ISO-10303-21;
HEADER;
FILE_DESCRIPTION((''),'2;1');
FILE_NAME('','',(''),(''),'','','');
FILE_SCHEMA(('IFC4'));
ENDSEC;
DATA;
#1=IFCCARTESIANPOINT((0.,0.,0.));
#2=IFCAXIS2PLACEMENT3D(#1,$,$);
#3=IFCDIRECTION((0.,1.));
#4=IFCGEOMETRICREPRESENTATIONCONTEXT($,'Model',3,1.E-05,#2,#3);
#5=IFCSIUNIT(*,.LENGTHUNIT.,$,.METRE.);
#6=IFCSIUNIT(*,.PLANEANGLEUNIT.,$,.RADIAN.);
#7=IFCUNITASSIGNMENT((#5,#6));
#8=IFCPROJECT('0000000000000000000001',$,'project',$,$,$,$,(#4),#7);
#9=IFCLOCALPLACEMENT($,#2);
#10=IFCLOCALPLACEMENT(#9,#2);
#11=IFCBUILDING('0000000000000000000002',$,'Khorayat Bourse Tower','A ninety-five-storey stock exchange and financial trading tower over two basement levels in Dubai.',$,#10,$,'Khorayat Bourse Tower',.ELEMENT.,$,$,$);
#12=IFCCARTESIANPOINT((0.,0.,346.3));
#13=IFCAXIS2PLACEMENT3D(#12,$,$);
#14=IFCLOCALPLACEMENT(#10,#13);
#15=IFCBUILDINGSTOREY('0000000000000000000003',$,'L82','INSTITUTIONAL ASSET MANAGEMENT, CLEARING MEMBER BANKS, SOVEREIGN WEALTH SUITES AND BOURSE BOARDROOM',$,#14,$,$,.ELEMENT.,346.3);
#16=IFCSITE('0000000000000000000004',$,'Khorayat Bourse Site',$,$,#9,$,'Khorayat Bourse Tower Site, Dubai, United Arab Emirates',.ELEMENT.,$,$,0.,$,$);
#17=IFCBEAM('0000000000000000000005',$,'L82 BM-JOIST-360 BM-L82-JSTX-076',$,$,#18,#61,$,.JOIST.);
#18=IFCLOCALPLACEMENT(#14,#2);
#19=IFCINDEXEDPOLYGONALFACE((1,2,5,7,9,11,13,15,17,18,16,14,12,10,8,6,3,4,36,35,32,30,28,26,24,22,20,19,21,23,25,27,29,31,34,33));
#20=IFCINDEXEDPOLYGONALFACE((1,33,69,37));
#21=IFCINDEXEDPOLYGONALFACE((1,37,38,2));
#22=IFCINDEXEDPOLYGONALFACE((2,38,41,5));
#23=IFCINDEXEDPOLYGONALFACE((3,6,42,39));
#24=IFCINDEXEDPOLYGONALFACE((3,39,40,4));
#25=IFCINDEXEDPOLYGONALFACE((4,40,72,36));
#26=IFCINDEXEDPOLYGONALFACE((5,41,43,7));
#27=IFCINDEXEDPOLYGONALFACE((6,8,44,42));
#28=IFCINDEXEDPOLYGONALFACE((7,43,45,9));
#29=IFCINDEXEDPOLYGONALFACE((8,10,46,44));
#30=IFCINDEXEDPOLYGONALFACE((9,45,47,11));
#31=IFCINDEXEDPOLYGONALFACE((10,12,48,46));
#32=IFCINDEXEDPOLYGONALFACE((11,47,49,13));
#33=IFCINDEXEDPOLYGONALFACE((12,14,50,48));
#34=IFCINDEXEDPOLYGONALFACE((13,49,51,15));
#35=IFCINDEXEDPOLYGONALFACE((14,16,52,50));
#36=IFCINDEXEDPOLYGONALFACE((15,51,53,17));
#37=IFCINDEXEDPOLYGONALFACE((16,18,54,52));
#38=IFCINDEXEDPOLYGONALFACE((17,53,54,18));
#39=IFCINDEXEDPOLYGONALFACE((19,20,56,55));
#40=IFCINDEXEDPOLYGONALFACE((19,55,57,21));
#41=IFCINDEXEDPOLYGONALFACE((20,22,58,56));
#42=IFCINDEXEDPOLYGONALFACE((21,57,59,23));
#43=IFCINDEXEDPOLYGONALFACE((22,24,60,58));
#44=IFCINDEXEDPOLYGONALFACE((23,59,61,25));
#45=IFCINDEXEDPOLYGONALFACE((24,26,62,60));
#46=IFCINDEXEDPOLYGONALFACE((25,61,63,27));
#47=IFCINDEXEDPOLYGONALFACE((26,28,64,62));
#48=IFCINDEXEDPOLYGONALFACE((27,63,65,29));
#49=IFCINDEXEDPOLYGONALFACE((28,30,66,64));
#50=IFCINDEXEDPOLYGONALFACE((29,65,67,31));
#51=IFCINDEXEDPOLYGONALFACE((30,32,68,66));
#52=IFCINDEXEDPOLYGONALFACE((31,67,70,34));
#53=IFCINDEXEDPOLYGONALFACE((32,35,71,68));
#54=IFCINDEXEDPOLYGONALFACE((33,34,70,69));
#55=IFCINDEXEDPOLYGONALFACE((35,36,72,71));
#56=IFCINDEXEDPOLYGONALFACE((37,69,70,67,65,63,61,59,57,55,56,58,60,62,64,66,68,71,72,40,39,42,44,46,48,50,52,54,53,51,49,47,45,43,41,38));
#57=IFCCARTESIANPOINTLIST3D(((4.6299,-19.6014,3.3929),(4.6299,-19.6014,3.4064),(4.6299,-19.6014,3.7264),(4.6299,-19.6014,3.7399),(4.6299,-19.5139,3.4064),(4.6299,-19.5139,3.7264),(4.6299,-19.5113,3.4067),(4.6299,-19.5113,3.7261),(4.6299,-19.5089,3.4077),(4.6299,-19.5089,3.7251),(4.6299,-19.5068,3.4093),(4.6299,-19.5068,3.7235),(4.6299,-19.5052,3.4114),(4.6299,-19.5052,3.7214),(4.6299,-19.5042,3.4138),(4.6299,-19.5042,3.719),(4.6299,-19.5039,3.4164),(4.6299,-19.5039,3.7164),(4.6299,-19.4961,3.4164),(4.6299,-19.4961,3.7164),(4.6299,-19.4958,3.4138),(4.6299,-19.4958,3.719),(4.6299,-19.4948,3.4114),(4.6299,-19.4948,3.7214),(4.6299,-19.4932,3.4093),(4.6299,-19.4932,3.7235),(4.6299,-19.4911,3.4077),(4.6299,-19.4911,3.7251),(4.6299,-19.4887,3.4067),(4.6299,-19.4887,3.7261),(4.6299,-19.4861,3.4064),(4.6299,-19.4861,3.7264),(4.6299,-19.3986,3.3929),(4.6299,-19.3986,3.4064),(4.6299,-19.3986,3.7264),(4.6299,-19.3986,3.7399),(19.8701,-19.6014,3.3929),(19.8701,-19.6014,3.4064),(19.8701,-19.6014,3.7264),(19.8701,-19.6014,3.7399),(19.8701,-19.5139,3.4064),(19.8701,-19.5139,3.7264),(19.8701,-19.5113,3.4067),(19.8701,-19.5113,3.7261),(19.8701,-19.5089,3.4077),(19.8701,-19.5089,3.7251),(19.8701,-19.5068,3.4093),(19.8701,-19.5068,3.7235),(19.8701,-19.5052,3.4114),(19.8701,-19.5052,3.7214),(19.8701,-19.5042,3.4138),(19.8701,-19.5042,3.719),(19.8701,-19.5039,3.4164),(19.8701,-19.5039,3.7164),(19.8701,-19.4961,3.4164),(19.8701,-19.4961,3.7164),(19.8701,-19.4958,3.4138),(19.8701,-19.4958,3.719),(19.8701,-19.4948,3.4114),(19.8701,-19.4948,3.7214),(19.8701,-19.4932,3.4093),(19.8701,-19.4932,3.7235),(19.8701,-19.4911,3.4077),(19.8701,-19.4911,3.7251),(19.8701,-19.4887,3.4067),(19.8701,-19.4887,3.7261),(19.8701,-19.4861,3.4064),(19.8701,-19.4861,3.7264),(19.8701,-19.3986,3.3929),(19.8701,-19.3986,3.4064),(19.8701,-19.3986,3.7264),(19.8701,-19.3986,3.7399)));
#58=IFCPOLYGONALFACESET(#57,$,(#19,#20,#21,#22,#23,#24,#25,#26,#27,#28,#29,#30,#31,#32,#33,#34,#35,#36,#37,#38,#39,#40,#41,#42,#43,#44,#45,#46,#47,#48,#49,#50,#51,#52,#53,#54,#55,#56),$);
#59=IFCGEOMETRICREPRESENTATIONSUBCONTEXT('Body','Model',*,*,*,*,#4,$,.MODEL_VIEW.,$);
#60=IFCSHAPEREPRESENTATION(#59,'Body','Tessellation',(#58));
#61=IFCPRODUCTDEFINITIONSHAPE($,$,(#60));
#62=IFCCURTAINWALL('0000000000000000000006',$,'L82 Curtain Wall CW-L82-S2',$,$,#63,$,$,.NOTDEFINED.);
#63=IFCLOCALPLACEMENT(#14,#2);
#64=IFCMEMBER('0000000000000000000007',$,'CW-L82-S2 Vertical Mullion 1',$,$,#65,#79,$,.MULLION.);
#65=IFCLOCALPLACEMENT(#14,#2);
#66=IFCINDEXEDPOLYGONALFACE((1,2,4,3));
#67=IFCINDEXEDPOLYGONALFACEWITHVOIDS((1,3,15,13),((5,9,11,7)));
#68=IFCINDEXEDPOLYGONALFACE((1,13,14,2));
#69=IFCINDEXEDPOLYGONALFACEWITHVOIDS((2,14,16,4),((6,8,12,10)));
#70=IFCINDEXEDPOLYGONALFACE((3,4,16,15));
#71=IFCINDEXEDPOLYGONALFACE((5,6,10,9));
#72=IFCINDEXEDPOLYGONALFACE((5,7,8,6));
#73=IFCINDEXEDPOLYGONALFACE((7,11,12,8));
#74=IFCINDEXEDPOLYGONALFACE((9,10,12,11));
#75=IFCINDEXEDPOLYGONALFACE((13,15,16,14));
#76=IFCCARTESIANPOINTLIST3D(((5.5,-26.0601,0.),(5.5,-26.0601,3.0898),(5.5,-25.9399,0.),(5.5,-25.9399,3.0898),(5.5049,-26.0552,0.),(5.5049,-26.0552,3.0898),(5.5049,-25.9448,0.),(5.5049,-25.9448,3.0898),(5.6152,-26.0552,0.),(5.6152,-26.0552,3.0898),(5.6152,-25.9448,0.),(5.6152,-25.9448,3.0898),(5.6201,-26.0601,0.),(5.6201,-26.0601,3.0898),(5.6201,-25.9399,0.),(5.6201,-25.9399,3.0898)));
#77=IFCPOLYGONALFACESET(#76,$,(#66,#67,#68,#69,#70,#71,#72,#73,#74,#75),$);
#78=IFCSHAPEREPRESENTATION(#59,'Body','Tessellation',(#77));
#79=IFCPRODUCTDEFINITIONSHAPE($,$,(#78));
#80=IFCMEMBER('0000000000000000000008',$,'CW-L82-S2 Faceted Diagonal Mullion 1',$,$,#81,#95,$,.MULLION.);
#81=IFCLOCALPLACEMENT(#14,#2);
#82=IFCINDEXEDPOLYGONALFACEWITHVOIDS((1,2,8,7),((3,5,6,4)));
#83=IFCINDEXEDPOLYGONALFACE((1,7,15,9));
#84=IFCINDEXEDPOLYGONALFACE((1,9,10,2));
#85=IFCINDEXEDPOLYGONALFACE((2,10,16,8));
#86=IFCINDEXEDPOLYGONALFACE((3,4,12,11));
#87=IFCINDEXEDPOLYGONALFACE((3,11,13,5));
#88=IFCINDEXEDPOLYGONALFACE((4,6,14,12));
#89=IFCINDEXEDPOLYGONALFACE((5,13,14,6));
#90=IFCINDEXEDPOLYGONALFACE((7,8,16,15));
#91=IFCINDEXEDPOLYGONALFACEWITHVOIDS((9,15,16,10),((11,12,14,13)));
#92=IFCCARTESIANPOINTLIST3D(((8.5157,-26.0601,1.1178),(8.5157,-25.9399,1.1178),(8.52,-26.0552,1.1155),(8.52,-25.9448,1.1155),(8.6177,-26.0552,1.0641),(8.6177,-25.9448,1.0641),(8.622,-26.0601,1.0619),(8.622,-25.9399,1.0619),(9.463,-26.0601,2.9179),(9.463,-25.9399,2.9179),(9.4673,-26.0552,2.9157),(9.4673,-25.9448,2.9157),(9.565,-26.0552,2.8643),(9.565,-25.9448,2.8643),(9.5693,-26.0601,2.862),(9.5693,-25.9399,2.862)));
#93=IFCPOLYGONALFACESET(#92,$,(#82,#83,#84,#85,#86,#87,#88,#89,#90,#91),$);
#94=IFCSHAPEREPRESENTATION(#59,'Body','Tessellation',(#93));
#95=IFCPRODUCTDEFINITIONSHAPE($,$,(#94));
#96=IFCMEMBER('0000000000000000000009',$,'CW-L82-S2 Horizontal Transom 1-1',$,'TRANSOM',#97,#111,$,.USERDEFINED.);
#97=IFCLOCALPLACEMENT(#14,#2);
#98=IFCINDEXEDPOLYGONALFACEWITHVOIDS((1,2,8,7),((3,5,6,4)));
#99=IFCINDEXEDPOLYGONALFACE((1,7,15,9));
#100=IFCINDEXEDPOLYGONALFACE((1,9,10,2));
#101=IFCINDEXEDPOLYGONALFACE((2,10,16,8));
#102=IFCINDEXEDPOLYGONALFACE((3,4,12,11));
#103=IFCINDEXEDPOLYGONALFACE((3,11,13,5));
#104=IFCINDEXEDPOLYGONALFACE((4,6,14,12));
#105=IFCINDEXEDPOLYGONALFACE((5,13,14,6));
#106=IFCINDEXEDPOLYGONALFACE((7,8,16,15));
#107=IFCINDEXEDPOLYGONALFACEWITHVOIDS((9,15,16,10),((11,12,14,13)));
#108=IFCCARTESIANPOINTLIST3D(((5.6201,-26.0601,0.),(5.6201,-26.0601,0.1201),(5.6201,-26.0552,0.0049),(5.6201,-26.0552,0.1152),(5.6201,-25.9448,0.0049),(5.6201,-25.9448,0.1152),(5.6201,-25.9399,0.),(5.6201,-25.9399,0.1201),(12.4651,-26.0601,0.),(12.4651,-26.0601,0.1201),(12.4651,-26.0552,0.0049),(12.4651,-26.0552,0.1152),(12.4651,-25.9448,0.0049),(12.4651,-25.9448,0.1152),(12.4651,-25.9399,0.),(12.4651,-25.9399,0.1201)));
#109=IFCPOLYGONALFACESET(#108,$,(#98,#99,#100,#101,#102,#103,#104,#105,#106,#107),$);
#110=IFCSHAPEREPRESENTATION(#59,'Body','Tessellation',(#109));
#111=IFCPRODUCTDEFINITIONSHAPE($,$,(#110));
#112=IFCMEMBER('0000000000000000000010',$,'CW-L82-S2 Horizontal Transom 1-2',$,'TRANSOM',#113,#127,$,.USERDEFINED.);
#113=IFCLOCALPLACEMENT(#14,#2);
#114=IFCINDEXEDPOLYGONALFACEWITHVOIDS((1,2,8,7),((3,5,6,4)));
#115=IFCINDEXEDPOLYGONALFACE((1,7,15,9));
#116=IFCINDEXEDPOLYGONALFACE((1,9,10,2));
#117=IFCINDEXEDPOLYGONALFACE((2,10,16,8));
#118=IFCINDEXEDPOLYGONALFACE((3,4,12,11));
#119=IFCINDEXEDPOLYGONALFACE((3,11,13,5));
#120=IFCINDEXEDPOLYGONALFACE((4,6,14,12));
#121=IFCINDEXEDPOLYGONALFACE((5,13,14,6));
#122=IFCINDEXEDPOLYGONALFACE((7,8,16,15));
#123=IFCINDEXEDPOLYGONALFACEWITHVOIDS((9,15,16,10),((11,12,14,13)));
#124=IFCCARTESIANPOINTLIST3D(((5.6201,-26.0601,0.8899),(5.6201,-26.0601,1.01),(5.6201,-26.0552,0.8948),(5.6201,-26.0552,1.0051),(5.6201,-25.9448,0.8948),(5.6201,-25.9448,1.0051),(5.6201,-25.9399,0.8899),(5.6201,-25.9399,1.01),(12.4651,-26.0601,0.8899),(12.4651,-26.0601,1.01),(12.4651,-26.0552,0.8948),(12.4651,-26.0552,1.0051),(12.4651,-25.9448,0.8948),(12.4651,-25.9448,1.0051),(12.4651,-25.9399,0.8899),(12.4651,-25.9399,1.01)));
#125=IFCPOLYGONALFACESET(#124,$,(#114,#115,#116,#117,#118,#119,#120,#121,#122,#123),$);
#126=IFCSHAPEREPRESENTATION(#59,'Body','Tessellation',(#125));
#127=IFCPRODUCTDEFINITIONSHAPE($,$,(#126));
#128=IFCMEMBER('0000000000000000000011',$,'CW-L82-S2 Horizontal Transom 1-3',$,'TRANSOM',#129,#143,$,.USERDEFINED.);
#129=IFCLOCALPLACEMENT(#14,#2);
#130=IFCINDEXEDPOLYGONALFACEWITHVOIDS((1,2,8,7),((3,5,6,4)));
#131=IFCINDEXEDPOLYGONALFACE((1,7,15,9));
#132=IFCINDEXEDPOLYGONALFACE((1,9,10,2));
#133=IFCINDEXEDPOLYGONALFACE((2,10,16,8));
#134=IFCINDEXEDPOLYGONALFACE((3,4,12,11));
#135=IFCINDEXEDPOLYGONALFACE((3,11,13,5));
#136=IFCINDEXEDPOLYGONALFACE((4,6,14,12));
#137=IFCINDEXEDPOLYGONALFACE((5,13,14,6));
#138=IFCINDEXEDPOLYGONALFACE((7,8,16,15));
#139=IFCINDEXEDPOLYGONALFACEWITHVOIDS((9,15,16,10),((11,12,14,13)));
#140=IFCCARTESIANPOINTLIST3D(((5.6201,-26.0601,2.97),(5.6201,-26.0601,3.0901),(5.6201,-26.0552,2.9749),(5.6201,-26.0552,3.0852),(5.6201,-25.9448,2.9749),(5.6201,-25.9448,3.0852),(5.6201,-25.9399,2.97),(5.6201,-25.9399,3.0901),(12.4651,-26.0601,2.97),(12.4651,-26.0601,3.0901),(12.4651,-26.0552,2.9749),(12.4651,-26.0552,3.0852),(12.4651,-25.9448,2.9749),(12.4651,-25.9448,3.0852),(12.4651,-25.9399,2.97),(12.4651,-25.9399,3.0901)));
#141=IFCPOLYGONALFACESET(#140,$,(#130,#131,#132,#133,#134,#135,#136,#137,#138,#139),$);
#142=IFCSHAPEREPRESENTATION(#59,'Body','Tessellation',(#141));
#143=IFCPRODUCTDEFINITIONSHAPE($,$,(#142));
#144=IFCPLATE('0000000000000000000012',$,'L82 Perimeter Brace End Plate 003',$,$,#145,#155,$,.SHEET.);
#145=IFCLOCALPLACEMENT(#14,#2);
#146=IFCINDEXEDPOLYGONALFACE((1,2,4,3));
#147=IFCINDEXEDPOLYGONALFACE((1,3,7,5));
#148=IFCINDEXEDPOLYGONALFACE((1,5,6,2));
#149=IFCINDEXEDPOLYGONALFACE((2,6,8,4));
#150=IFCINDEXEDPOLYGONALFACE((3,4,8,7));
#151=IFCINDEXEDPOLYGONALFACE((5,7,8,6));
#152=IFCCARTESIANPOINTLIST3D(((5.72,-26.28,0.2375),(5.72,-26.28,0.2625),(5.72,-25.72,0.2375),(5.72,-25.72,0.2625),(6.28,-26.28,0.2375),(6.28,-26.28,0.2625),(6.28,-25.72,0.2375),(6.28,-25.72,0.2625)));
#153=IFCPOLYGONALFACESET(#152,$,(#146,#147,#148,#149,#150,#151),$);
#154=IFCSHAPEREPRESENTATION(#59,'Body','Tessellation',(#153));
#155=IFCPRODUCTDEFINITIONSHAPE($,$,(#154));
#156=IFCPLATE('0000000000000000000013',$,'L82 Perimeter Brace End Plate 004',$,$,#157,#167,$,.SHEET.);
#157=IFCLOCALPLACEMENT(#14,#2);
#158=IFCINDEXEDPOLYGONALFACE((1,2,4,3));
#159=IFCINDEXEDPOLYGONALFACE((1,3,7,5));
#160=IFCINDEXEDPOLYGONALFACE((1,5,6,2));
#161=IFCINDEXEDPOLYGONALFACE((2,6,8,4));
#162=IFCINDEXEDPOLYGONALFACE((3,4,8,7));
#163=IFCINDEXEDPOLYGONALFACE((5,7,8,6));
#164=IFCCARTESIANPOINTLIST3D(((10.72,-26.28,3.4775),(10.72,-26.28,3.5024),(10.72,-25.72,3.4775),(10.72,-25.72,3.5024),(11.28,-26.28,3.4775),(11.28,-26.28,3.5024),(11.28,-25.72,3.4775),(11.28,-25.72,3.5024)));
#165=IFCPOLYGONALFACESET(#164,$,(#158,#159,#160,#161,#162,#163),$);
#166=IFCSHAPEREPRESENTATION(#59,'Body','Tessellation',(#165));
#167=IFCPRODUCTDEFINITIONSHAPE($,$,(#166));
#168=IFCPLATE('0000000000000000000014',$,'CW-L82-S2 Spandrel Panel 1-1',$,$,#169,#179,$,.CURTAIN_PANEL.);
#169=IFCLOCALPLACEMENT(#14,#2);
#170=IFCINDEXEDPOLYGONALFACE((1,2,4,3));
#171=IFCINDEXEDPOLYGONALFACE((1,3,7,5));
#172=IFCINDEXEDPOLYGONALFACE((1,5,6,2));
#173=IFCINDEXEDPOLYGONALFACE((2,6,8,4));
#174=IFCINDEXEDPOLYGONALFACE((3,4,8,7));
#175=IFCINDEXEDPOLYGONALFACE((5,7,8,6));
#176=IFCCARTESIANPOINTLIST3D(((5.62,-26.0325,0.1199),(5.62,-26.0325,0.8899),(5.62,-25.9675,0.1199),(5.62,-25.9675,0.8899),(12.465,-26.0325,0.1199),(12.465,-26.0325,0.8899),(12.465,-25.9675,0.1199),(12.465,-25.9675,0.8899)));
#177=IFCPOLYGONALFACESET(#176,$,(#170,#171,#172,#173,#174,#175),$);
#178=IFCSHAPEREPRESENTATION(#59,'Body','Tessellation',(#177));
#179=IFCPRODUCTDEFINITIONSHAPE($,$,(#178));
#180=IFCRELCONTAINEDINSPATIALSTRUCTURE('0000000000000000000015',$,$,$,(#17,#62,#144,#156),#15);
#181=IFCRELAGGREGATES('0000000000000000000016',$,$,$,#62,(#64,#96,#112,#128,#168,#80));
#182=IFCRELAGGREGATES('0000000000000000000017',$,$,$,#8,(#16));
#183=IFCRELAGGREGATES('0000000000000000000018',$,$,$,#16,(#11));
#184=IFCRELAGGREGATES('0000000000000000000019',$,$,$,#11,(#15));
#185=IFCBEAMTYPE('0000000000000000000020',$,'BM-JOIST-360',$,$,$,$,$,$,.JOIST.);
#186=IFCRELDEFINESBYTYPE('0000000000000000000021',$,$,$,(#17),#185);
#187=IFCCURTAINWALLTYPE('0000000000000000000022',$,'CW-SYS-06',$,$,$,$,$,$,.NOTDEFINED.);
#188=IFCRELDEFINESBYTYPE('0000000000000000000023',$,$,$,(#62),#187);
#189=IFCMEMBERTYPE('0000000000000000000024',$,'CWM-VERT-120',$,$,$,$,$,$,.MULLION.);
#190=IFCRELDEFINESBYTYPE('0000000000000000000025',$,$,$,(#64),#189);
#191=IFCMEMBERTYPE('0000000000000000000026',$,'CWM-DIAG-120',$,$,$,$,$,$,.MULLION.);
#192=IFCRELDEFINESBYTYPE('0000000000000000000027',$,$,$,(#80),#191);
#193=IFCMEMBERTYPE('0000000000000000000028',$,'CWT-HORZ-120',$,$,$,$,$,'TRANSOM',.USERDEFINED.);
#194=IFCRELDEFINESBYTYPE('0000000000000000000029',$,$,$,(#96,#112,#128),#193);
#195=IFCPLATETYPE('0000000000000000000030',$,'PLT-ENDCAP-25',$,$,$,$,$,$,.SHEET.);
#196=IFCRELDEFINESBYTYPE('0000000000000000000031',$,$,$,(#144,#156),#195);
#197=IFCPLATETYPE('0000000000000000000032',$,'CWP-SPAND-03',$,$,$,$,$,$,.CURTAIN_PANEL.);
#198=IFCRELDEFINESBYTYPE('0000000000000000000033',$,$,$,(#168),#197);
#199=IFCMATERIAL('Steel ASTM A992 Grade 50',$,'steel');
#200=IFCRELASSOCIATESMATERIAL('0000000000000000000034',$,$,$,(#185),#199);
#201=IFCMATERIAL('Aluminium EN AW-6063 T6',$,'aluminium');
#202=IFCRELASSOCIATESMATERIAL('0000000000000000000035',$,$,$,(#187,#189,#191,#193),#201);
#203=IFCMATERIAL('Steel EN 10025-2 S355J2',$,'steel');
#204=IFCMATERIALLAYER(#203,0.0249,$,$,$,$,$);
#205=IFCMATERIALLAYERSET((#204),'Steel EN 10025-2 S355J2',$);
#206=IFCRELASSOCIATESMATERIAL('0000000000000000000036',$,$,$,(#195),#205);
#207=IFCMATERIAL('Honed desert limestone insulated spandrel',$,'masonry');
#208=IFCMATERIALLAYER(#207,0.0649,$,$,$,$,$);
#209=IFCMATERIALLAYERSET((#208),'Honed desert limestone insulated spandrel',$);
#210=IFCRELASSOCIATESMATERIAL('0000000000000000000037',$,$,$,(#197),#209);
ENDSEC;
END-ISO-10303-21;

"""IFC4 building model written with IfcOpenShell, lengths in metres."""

from ifc_helpers import new_model, si_unit, direction, frame, origin, origin_2d, place, context, subcontext, project, spatial, rectangle, hollow_rectangle, i_section, extrude, source, transform, mapped, material, layer, layer_set, material_profile, profile_set, type_object, element, aggregate, save


model = new_model("IFC4")

# Units and contexts
model_context = context("Model", 3, precision=1e-05, world=origin(), true_north=direction((0.0, 1.0)))
body_context = subcontext(model_context, "Body", "Model", "MODEL_VIEW")
ifc_project = project(units=[si_unit("LENGTHUNIT", "METRE"), si_unit("PLANEANGLEUNIT", "RADIAN")], contexts=[model_context])

# Site, building, storey
site_placement = place(None, origin())
site = spatial("IfcSite", under=ifc_project, at=site_placement, Name="Khorayat Bourse Site", LongName="Khorayat Bourse Tower Site, Dubai, United Arab Emirates", CompositionType="ELEMENT", RefElevation=0.0)
building_placement = place(site_placement, origin())
building = spatial("IfcBuilding", under=site, at=building_placement, Name="Khorayat Bourse Tower", Description="A ninety-five-storey stock exchange and financial trading tower over two basement levels in Dubai.", LongName="Khorayat Bourse Tower", CompositionType="ELEMENT")
storey_placement = place(building_placement, frame((0.0, 0.0, 346.3)))
storey = spatial("IfcBuildingStorey", under=building, at=storey_placement, Name="L82", Description="INSTITUTIONAL ASSET MANAGEMENT, CLEARING MEMBER BANKS, SOVEREIGN WEALTH SUITES AND BOURSE BOARDROOM", CompositionType="ELEMENT", Elevation=346.3)

# Shared definitions
ifc_material_1 = material(Name="Steel EN 10025-2 S355J2", Category="steel")

# Shared definitions
ifc_material_2 = material(Name="Steel ASTM A992 Grade 50", Category="steel")

# Beam
ifc_material_profile_1 = material_profile(ifc_material_2, i_section(OverallWidth=0.2029, OverallDepth=0.3469, WebThickness=0.0078, FlangeThickness=0.0134, FilletRadius=0.01, at=origin_2d()), Name="W360X64")
ifc_profile_set_1 = profile_set([ifc_material_profile_1], Name="Steel ASTM A992 Grade 50")
beam_type_1 = type_object("IfcBeamType", Name="BM-JOIST-360", PredefinedType="JOIST", material=ifc_profile_set_1)
shared_shape_1 = source(origin(), body_context, "Body", "SweptSolid", [
    extrude(i_section(OverallWidth=0.2029, OverallDepth=0.3469, WebThickness=0.0078, FlangeThickness=0.0134, FilletRadius=0.01, at=origin_2d()), origin(), (0.0, 0.0, 1.0), 15.2402),
])
beam_1_placement = place(storey_placement, frame((4.6299, -19.5, 3.5664), z_axis=(1.0, 0.0, 0.0), x_axis=(0.0, 1.0, 0.0)))
element("IfcBeam", 1, at=beam_1_placement, inside=storey, type_object=beam_type_1, Name="L82 BM-JOIST-360 BM-L82-JSTX-076", PredefinedType="JOIST", context=body_context, shape_type="MappedRepresentation", body=[
    mapped(shared_shape_1, transform((0.0, 0.0, 0.0), scale=1.0)),
])

# Curtain wall, members
ifc_material_3 = material(Name="Aluminium EN AW-6063 T6", Category="aluminium")
curtain_wall_type = type_object("IfcCurtainWallType", Name="CW-SYS-06", PredefinedType="NOTDEFINED", material=ifc_material_3)
curtain_wall_placement = place(storey_placement, origin())
curtain_wall = element("IfcCurtainWall", 2, at=curtain_wall_placement, inside=storey, type_object=curtain_wall_type, Name="L82 Curtain Wall CW-L82-S2", PredefinedType="NOTDEFINED")
ifc_material_profile_2 = material_profile(ifc_material_3, hollow_rectangle(XDim=0.1201, YDim=0.1201, WallThickness=0.0049, at=origin_2d()), Name="ALU 120x120x5")
ifc_profile_set_2 = profile_set([ifc_material_profile_2], Name="Aluminium EN AW-6063 T6")
member_type_1 = type_object("IfcMemberType", Name="CWM-VERT-120", PredefinedType="MULLION", material=ifc_profile_set_2)
shared_shape_2 = source(origin(), body_context, "Body", "SweptSolid", [
    extrude(hollow_rectangle(XDim=0.1201, YDim=0.1201, WallThickness=0.0049, at=origin_2d()), origin(), (0.0, 0.0, 1.0), 3.0898),
])
member_1_placement = place(storey_placement, frame((5.5601, -26.0, 0.0), z_axis=(0.0, 0.0, 1.0), x_axis=(0.0, 1.0, 0.0)))
member_1 = element("IfcMember", 3, at=member_1_placement, type_object=member_type_1, Name="CW-L82-S2 Vertical Mullion 1", PredefinedType="MULLION", context=body_context, shape_type="MappedRepresentation", body=[
    mapped(shared_shape_2, transform((0.0, 0.0, 0.0), scale=1.0)),
])
ifc_material_profile_3 = material_profile(ifc_material_3, hollow_rectangle(XDim=0.1201, YDim=0.1201, WallThickness=0.0049, at=origin_2d()), Name="ALU 120x120x5")
ifc_profile_set_3 = profile_set([ifc_material_profile_3], Name="Aluminium EN AW-6063 T6")
member_type_2 = type_object("IfcMemberType", Name="CWM-DIAG-120", PredefinedType="MULLION", material=ifc_profile_set_3)
shared_shape_3 = source(origin(), body_context, "Body", "SweptSolid", [
    extrude(hollow_rectangle(XDim=0.1201, YDim=0.1201, WallThickness=0.0049, at=origin_2d()), origin(), (0.0, 0.0, 1.0), 2.0342),
])
member_2_placement = place(storey_placement, frame((8.5688, -26.0, 1.0898), z_axis=(0.465697, 0.0, 0.884944), x_axis=(0.0, 1.0, 0.0)))
member_2 = element("IfcMember", 4, at=member_2_placement, type_object=member_type_2, Name="CW-L82-S2 Faceted Diagonal Mullion 1", PredefinedType="MULLION", context=body_context, shape_type="MappedRepresentation", body=[
    mapped(shared_shape_3, transform((0.0, 0.0, 0.0), scale=1.0)),
])
ifc_material_profile_4 = material_profile(ifc_material_3, hollow_rectangle(XDim=0.1201, YDim=0.1201, WallThickness=0.0049, at=origin_2d()), Name="ALU 120x120x5")
ifc_profile_set_4 = profile_set([ifc_material_profile_4], Name="Aluminium EN AW-6063 T6")
member_type_3 = type_object("IfcMemberType", Name="CWT-HORZ-120", ElementType="TRANSOM", PredefinedType="USERDEFINED", material=ifc_profile_set_4)
shared_shape_4 = source(origin(), body_context, "Body", "SweptSolid", [
    extrude(hollow_rectangle(XDim=0.1201, YDim=0.1201, WallThickness=0.0049, at=origin_2d()), origin(), (0.0, 0.0, 1.0), 6.845),
])
member_3_placement = place(storey_placement, frame((5.6201, -26.0, 0.0601), z_axis=(1.0, 0.0, 0.0), x_axis=(0.0, 1.0, 0.0)))
member_3 = element("IfcMember", 5, at=member_3_placement, type_object=member_type_3, Name="CW-L82-S2 Horizontal Transom 1-1", ObjectType="TRANSOM", PredefinedType="USERDEFINED", context=body_context, shape_type="MappedRepresentation", body=[
    mapped(shared_shape_4, transform((0.0, 0.0, 0.0), scale=1.0)),
])
member_4_placement = place(storey_placement, frame((5.6201, -26.0, 0.95), z_axis=(1.0, 0.0, 0.0), x_axis=(0.0, 1.0, 0.0)))
member_4 = element("IfcMember", 6, at=member_4_placement, type_object=member_type_3, Name="CW-L82-S2 Horizontal Transom 1-2", ObjectType="TRANSOM", PredefinedType="USERDEFINED", context=body_context, shape_type="MappedRepresentation", body=[
    mapped(shared_shape_4, transform((0.0, 0.0, 0.0), scale=1.0)),
])
member_5_placement = place(storey_placement, frame((5.6201, -26.0, 3.03), z_axis=(1.0, 0.0, 0.0), x_axis=(0.0, 1.0, 0.0)))
member_5 = element("IfcMember", 7, at=member_5_placement, type_object=member_type_3, Name="CW-L82-S2 Horizontal Transom 1-3", ObjectType="TRANSOM", PredefinedType="USERDEFINED", context=body_context, shape_type="MappedRepresentation", body=[
    mapped(shared_shape_4, transform((0.0, 0.0, 0.0), scale=1.0)),
])

# Plates
ifc_layer_1 = layer(ifc_material_1, 0.0249)
ifc_layer_set_1 = layer_set([ifc_layer_1], Name="Steel EN 10025-2 S355J2")
plate_type_1 = type_object("IfcPlateType", Name="PLT-ENDCAP-25", PredefinedType="SHEET", material=ifc_layer_set_1)
shared_shape_5 = source(origin(), body_context, "Body", "SweptSolid", [
    extrude(rectangle(XDim=0.5601, YDim=0.5601, at=origin_2d()), origin(), (0.0, 0.0, 1.0), 0.0249),
])
for number, where, z_axis, x_axis, name in (
    (8, (6.0, -26.0, 0.2375), (0.0, 0.0, 1.0), (1.0, 0.0, 0.0), "L82 Perimeter Brace End Plate 003"),
    (9, (11.0, -26.0, 3.4775), (0.0, 0.0, 1.0), (1.0, 0.0, 0.0), "L82 Perimeter Brace End Plate 004"),
):
    element("IfcPlate", number, at=place(storey_placement, frame(where, z_axis=z_axis, x_axis=x_axis)), inside=storey, type_object=plate_type_1, Name=name, PredefinedType="SHEET", context=body_context, shape_type="MappedRepresentation", body=[
        mapped(shared_shape_5, transform((0.0, 0.0, 0.0), scale=1.0)),
    ])

# Plate
ifc_material_4 = material(Name="Honed desert limestone insulated spandrel", Category="masonry")
ifc_layer_2 = layer(ifc_material_4, 0.0649)
ifc_layer_set_2 = layer_set([ifc_layer_2], Name="Honed desert limestone insulated spandrel")
plate_type_2 = type_object("IfcPlateType", Name="CWP-SPAND-03", PredefinedType="CURTAIN_PANEL", material=ifc_layer_set_2)
shared_shape_6 = source(origin(), body_context, "Body", "SweptSolid", [
    extrude(rectangle(XDim=6.845, YDim=0.0649, at=origin_2d()), origin(), (0.0, 0.0, 1.0), 0.77),
])
plate_1_placement = place(storey_placement, frame((9.0425, -26.0, 0.1199), z_axis=(0.0, 0.0, 1.0), x_axis=(1.0, 0.0, 0.0)))
plate_1 = element("IfcPlate", 10, at=plate_1_placement, type_object=plate_type_2, Name="CW-L82-S2 Spandrel Panel 1-1", PredefinedType="CURTAIN_PANEL", context=body_context, shape_type="MappedRepresentation", body=[
    mapped(shared_shape_6, transform((0.0, 0.0, 0.0), scale=1.0)),
])
aggregate(curtain_wall, [member_1, member_3, member_4, member_5, plate_1, member_2])

save(model, "model.ifc")
